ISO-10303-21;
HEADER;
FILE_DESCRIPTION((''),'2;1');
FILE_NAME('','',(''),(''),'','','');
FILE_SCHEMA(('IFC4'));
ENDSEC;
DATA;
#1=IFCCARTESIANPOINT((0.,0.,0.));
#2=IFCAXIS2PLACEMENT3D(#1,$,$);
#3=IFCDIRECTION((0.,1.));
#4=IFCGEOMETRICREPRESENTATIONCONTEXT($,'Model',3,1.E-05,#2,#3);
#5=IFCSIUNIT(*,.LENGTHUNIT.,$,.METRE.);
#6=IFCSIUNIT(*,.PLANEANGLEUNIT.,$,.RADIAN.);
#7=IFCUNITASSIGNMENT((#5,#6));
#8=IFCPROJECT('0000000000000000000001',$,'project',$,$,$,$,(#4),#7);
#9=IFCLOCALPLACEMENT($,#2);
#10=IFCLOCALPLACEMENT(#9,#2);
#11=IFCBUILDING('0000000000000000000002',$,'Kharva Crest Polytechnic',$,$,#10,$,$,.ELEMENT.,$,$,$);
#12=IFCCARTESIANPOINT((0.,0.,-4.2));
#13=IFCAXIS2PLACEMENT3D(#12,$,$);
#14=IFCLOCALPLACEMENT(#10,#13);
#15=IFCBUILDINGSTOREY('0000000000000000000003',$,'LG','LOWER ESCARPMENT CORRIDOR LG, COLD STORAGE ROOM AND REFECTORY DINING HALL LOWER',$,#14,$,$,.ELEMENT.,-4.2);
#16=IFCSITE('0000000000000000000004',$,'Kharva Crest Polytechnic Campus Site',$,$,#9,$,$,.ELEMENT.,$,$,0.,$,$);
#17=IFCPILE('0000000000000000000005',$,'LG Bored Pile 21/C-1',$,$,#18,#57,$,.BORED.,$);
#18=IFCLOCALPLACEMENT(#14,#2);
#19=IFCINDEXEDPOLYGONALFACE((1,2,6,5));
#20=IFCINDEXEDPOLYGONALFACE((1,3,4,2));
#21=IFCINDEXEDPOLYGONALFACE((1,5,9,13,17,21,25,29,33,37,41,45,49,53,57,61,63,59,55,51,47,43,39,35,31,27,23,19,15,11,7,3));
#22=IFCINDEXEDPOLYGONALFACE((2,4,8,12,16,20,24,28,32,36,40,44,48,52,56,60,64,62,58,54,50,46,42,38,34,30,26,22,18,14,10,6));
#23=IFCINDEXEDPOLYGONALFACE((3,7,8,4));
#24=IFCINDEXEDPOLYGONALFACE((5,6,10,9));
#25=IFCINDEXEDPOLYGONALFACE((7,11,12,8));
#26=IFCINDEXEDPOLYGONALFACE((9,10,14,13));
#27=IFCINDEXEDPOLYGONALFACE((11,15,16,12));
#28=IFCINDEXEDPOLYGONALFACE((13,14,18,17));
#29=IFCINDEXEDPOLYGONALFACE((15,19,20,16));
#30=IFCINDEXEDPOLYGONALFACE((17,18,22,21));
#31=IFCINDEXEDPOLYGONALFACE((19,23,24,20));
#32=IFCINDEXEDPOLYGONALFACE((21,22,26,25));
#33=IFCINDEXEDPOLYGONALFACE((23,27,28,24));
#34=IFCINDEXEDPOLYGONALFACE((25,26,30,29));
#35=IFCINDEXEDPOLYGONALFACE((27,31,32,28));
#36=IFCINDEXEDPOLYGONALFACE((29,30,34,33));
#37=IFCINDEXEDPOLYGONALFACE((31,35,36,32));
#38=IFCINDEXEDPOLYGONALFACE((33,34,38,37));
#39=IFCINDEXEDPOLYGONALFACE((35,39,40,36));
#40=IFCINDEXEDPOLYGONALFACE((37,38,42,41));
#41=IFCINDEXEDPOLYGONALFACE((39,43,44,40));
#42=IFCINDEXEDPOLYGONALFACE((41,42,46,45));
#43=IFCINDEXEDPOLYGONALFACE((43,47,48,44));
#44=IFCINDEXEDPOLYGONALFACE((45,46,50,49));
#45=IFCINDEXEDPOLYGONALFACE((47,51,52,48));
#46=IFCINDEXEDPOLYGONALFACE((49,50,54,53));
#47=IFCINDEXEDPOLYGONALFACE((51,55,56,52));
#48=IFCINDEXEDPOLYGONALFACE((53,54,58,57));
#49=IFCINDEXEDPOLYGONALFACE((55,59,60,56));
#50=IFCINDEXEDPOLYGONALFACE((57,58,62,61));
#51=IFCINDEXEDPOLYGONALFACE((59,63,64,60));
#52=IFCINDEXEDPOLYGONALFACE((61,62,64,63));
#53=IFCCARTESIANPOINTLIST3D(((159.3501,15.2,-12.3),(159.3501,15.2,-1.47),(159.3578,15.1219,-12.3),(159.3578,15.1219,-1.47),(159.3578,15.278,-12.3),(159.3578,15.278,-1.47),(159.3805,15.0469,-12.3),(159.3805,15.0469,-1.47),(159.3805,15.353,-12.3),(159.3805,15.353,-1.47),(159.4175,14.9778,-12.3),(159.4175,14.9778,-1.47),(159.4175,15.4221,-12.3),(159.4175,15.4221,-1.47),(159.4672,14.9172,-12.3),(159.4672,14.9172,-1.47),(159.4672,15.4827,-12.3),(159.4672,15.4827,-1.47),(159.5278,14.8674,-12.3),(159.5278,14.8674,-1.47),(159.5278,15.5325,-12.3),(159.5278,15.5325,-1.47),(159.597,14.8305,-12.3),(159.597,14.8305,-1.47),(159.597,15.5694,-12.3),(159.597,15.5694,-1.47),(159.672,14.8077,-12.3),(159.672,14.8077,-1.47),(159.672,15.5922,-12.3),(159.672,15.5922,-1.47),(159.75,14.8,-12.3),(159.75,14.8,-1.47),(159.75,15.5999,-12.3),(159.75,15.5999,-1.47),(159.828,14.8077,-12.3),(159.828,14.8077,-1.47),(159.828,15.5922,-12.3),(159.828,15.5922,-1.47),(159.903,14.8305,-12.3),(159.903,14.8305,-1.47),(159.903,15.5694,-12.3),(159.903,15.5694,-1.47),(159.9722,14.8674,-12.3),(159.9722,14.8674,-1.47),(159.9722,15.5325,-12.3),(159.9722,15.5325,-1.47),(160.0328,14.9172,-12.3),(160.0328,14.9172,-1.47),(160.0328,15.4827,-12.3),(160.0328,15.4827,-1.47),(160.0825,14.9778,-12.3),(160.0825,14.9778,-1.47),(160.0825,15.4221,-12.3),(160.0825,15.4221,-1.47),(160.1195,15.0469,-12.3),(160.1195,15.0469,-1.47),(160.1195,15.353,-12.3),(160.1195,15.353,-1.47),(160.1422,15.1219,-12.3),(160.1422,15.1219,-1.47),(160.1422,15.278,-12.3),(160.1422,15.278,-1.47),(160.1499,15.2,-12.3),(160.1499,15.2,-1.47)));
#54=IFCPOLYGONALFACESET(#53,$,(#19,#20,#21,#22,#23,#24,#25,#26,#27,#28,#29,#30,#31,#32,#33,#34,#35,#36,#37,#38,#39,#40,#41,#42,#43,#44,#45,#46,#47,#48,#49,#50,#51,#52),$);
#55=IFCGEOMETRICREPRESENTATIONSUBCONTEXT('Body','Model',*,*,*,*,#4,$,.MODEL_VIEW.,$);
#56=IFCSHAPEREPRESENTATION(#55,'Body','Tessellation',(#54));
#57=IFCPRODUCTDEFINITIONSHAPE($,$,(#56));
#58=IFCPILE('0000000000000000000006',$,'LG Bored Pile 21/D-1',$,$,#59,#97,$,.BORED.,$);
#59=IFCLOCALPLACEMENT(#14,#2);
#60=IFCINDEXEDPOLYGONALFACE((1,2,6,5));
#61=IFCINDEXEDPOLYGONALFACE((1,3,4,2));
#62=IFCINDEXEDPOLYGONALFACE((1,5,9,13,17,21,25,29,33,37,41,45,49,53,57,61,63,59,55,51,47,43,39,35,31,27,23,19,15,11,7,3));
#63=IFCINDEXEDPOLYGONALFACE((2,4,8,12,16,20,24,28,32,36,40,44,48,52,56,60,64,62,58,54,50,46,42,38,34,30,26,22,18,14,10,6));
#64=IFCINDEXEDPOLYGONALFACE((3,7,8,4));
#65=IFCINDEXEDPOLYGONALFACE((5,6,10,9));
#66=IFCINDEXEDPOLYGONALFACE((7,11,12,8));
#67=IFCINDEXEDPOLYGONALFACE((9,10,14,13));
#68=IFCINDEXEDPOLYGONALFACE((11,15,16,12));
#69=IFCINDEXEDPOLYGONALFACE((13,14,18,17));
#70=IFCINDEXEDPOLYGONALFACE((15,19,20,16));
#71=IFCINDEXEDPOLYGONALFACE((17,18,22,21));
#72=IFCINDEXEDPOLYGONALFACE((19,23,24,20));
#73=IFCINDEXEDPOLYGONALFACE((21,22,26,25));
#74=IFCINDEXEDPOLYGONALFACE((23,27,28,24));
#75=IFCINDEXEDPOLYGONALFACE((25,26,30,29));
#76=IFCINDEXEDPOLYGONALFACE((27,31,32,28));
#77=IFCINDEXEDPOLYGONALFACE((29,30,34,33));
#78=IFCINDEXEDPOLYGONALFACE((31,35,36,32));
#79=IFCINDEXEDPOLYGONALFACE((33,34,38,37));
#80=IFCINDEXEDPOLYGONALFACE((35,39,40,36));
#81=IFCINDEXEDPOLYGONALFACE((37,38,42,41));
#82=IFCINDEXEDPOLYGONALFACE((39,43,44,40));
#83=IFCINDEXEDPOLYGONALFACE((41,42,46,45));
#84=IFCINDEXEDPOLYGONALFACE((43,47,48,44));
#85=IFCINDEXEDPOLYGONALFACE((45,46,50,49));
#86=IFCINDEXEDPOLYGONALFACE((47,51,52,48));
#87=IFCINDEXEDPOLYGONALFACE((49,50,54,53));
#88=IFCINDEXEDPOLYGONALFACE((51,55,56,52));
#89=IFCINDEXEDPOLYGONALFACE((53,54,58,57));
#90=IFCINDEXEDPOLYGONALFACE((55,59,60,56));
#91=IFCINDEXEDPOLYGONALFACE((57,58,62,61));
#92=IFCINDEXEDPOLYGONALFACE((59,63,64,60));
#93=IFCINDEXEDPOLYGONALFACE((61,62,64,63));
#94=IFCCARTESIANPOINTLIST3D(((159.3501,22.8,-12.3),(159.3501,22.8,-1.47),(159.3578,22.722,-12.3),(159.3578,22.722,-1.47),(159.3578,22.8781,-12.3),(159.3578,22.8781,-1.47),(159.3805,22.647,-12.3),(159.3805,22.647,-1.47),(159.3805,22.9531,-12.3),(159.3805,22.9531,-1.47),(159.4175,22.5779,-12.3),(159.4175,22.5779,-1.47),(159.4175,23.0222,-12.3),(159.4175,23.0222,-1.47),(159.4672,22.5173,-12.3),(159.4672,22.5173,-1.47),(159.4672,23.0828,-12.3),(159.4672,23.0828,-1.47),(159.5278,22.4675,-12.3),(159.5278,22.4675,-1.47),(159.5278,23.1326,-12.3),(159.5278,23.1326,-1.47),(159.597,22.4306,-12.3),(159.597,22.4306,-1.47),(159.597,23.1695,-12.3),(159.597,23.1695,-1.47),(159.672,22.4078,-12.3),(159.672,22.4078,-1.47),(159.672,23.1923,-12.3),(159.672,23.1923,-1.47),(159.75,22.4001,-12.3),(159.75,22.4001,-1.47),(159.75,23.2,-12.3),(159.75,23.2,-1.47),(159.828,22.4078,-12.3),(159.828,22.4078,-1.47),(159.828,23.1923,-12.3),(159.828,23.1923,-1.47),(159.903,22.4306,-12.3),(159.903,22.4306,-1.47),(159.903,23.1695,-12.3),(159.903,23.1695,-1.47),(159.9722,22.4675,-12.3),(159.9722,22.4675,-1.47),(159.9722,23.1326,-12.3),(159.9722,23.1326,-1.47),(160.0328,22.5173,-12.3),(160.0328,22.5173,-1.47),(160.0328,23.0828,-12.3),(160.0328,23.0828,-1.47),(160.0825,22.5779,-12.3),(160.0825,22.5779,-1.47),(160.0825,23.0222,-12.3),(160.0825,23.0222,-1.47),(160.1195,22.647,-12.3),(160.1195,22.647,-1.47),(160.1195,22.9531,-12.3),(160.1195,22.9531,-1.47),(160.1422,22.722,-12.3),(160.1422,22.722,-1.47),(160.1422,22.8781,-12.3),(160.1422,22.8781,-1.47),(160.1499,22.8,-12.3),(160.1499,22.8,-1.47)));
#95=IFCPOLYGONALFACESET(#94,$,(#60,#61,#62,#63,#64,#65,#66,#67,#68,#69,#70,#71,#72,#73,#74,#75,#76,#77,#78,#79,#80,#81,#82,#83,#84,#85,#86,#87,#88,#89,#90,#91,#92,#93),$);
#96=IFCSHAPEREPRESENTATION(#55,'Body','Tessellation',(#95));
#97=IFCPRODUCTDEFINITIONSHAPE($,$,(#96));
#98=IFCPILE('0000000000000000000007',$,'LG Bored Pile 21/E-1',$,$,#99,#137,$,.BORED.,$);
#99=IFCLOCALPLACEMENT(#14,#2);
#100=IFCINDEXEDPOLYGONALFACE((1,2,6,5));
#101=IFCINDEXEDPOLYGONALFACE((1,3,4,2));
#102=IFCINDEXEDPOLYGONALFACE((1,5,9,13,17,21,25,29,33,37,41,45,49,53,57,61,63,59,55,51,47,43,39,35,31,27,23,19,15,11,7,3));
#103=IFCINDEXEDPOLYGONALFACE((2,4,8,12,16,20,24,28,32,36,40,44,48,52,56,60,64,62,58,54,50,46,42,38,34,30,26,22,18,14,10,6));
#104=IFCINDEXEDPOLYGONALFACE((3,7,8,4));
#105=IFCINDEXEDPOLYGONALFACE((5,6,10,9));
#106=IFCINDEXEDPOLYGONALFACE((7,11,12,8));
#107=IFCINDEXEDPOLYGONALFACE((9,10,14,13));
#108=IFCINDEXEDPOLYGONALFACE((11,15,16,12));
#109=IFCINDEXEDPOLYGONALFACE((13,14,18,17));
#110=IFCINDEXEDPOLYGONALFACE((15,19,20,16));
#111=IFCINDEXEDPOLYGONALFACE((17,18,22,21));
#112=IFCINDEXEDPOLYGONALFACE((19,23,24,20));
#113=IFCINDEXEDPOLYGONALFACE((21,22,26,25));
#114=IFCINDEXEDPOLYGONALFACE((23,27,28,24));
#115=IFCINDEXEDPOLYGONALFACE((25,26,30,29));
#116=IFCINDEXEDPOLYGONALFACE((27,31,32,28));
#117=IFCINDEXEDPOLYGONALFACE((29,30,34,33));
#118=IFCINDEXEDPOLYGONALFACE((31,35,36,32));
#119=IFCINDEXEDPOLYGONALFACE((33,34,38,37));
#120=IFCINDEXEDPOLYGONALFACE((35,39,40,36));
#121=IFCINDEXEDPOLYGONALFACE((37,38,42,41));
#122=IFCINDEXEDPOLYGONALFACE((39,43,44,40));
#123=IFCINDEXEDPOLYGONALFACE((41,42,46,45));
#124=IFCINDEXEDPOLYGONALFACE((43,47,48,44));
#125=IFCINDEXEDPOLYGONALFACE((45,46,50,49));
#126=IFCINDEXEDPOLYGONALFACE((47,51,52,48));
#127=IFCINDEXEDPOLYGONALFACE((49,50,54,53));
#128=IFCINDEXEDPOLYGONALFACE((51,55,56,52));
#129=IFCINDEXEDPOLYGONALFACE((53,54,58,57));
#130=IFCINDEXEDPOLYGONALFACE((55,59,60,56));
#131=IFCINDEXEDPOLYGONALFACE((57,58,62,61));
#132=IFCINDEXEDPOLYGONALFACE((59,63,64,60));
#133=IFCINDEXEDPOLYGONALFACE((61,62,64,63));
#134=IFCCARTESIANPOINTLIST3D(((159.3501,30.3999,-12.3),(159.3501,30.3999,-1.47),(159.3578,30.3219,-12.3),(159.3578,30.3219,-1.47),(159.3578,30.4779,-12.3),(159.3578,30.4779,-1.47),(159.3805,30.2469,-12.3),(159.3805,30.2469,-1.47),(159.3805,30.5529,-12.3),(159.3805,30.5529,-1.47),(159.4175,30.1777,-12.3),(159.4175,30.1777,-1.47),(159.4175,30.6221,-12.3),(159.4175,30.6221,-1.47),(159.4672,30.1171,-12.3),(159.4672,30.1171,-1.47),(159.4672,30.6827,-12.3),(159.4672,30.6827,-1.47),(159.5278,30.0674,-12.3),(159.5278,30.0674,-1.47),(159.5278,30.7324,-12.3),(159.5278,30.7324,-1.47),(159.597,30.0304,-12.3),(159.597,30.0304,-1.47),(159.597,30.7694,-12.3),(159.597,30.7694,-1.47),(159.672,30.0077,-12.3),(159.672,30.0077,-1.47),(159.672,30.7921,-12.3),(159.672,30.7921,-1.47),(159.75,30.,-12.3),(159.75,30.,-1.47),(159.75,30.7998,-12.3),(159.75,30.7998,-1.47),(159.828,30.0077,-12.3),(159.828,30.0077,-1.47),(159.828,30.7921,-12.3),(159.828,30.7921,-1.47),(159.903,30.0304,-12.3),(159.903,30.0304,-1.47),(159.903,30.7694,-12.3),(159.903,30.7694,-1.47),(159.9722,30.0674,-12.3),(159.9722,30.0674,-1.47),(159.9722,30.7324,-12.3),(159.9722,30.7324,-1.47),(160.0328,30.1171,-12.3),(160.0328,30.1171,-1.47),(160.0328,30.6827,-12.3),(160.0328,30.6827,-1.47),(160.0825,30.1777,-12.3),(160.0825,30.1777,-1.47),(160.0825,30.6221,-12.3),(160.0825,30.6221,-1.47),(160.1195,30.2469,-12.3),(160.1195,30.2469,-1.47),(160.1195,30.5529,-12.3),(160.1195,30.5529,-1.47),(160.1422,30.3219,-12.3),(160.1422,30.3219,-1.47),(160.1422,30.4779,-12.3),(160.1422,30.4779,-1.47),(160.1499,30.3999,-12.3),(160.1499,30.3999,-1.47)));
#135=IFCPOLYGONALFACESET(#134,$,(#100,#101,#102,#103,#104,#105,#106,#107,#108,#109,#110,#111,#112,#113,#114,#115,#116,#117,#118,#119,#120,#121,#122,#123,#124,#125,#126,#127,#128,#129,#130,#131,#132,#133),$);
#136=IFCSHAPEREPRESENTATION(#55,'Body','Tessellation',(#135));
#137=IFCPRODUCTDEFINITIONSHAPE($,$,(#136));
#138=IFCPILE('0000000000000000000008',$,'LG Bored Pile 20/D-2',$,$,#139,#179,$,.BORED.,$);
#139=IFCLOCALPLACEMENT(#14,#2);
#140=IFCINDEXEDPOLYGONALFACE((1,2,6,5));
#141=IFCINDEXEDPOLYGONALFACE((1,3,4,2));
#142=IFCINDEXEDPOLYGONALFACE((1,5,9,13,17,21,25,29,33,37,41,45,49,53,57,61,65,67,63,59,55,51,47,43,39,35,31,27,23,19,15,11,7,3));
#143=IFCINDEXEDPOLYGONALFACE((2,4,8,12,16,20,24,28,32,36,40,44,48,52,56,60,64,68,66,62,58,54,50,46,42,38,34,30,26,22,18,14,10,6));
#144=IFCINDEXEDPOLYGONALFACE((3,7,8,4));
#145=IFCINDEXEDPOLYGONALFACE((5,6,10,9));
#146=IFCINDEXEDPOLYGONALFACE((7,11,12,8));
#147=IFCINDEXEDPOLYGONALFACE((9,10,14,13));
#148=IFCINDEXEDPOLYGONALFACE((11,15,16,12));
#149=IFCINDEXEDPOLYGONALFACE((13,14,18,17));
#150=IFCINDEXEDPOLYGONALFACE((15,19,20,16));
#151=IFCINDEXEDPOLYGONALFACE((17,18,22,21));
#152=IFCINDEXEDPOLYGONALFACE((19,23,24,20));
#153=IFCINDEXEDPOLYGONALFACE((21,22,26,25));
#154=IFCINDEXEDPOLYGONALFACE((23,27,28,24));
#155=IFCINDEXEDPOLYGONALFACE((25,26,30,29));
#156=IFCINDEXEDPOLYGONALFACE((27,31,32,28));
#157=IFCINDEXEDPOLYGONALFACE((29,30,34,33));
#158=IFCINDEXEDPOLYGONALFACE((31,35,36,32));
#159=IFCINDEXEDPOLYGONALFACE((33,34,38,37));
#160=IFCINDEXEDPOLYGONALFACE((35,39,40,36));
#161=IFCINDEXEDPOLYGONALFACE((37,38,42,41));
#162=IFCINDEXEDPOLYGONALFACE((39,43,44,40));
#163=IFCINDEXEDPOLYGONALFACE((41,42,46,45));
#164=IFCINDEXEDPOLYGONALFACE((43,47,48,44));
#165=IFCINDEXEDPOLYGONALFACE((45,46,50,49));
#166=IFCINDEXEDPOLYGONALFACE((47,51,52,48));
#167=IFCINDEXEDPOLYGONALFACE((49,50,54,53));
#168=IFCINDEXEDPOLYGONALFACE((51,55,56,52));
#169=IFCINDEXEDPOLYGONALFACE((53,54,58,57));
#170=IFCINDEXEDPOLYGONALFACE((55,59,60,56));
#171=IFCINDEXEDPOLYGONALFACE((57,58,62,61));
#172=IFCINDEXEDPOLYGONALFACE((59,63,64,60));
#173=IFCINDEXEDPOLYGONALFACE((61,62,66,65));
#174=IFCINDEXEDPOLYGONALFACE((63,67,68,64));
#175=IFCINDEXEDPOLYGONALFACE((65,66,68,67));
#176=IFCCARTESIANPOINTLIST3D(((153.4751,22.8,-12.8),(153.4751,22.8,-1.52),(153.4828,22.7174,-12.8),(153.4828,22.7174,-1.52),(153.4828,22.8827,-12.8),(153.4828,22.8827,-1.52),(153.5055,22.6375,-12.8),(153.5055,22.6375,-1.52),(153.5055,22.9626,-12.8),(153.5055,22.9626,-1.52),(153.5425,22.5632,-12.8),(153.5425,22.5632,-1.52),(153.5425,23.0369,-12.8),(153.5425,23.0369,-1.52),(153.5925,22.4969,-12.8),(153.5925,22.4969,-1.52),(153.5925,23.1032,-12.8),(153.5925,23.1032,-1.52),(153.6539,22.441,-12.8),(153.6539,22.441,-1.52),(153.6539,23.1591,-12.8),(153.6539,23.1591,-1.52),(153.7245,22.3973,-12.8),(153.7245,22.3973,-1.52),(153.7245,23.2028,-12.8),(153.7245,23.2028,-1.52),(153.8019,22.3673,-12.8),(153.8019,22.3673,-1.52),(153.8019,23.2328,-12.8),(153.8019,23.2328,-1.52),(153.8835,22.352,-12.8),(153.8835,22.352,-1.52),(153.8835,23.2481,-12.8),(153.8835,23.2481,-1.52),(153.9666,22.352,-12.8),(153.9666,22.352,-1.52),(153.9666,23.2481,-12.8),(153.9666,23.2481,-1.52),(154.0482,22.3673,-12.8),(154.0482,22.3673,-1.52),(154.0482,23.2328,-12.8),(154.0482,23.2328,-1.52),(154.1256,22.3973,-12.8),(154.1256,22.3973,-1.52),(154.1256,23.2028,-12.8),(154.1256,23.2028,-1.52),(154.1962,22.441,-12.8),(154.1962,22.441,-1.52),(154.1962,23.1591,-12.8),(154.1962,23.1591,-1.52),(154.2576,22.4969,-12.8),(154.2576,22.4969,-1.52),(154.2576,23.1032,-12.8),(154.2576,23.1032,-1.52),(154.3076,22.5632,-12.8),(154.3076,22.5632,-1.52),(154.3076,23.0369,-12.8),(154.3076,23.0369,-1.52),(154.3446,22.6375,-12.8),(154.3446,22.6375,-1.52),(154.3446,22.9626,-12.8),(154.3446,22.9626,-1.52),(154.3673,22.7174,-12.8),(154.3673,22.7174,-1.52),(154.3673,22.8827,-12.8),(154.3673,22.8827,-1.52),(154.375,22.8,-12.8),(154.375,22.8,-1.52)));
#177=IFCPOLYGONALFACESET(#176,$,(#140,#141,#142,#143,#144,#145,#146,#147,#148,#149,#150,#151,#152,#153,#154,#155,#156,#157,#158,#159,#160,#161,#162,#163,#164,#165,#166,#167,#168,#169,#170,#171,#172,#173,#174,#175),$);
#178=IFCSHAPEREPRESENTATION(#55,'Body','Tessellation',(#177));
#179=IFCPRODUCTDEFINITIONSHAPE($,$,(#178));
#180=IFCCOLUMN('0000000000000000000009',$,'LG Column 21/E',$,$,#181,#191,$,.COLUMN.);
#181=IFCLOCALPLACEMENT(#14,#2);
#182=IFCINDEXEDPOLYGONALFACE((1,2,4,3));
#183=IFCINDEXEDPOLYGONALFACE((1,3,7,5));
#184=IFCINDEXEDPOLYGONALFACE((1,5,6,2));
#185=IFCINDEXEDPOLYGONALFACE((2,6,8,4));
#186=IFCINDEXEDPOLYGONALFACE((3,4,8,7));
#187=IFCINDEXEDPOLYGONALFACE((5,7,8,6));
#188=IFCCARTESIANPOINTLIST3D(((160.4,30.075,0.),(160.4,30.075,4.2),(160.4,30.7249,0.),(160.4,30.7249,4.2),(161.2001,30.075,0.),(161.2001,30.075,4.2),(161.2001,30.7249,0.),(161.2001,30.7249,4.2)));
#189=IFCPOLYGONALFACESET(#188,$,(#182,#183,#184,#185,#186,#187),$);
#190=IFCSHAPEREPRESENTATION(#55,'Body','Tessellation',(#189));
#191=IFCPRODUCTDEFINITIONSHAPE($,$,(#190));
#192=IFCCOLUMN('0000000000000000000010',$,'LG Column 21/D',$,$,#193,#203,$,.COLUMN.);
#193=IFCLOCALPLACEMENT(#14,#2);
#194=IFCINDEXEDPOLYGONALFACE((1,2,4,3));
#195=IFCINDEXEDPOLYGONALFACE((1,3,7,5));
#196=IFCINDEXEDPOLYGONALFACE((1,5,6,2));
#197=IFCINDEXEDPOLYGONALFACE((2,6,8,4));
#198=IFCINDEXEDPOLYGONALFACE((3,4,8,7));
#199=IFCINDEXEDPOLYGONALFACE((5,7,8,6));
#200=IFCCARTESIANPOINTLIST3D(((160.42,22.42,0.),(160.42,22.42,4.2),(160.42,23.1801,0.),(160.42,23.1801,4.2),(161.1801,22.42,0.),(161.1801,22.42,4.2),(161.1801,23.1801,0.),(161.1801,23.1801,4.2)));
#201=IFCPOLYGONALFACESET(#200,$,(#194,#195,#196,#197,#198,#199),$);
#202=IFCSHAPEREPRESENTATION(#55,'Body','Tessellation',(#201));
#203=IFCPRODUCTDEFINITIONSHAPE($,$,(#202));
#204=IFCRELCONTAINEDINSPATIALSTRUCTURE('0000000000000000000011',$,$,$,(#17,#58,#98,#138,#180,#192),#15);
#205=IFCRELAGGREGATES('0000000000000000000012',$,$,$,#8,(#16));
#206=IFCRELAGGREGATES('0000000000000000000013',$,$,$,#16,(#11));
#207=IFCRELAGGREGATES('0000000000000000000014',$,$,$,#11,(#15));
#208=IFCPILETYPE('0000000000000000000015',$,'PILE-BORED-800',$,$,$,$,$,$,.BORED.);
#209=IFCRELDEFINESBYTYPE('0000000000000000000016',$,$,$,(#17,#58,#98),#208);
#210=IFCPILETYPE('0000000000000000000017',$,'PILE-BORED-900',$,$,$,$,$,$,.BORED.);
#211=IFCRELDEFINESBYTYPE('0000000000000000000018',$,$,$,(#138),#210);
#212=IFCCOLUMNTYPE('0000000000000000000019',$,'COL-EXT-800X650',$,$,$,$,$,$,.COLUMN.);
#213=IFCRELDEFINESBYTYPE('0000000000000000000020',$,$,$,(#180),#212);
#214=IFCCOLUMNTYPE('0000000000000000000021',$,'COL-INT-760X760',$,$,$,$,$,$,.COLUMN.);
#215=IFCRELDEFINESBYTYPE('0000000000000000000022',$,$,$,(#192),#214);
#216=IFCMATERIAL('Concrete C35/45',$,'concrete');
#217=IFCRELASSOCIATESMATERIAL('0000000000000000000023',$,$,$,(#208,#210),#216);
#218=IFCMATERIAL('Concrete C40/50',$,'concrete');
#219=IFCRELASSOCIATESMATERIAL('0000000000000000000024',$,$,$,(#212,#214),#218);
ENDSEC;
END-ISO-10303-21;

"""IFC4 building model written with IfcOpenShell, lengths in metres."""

from ifc_helpers import new_model, si_unit, direction, frame, origin, origin_2d, place, context, subcontext, project, spatial, rectangle, circle, extrude, material, material_profile, profile_set, type_object, element, save


model = new_model("IFC4")

# Units and contexts
model_context = context("Model", 3, precision=1e-05, world=origin(), true_north=direction((0.0, 1.0)))
body_context = subcontext(model_context, "Body", "Model", "MODEL_VIEW")
ifc_project = project(units=[si_unit("LENGTHUNIT", "METRE"), si_unit("PLANEANGLEUNIT", "RADIAN")], contexts=[model_context])

# Site, building, storey
site_placement = place(None, origin())
site = spatial("IfcSite", under=ifc_project, at=site_placement, Name="Kharva Crest Polytechnic Campus Site", CompositionType="ELEMENT", RefElevation=0.0)
building_placement = place(site_placement, origin())
building = spatial("IfcBuilding", under=site, at=building_placement, Name="Kharva Crest Polytechnic", CompositionType="ELEMENT")
storey_placement = place(building_placement, frame((0.0, 0.0, -4.2)))
storey = spatial("IfcBuildingStorey", under=building, at=storey_placement, Name="LG", Description="LOWER ESCARPMENT CORRIDOR LG, COLD STORAGE ROOM AND REFECTORY DINING HALL LOWER", CompositionType="ELEMENT", Elevation=-4.2)

# Shared definitions
ifc_material_1 = material(Name="Concrete C35/45", Category="concrete")

# Piles
ifc_material_profile_1 = material_profile(ifc_material_1, circle(Radius=0.3999, at=origin_2d()), Name="DIA 800")
ifc_profile_set_1 = profile_set([ifc_material_profile_1], Name="Concrete C35/45")
pile_type_1 = type_object("IfcPileType", Name="PILE-BORED-800", PredefinedType="BORED", material=ifc_profile_set_1)
for number, where, z_axis, x_axis, name in (
    (1, (159.75, 15.2, -1.47), (0.0, 0.0, -1.0), (1.0, 0.0, 0.0), "LG Bored Pile 21/C-1"),
    (2, (159.75, 22.8, -1.47), (0.0, 0.0, -1.0), (1.0, 0.0, 0.0), "LG Bored Pile 21/D-1"),
    (3, (159.75, 30.3999, -1.47), (0.0, 0.0, -1.0), (1.0, 0.0, 0.0), "LG Bored Pile 21/E-1"),
):
    element("IfcPile", number, at=place(storey_placement, frame(where, z_axis=z_axis, x_axis=x_axis)), inside=storey, type_object=pile_type_1, Name=name, PredefinedType="BORED", context=body_context, shape_type="SweptSolid", body=[
        extrude(circle(Radius=0.3999, at=origin_2d()), origin(), (0.0, 0.0, 1.0), 10.8301),
    ])
ifc_material_profile_2 = material_profile(ifc_material_1, circle(Radius=0.45, at=origin_2d()), Name="DIA 900")
ifc_profile_set_2 = profile_set([ifc_material_profile_2], Name="Concrete C35/45")
pile_type_2 = type_object("IfcPileType", Name="PILE-BORED-900", PredefinedType="BORED", material=ifc_profile_set_2)
pile_placement = place(storey_placement, frame((153.925, 22.8, -1.52), z_axis=(0.0, 0.0, -1.0), x_axis=(1.0, 0.0, 0.0)))
element("IfcPile", 4, at=pile_placement, inside=storey, type_object=pile_type_2, Name="LG Bored Pile 20/D-2", PredefinedType="BORED", context=body_context, shape_type="SweptSolid", body=[
    extrude(circle(Radius=0.45, at=origin_2d()), origin(), (0.0, 0.0, 1.0), 11.28),
])

# Columns
ifc_material_2 = material(Name="Concrete C40/50", Category="concrete")
ifc_material_profile_3 = material_profile(ifc_material_2, rectangle(XDim=0.8, YDim=0.6499, at=origin_2d()), Name="RECT 800 X 650")
ifc_profile_set_3 = profile_set([ifc_material_profile_3], Name="Concrete C40/50")
column_type_1 = type_object("IfcColumnType", Name="COL-EXT-800X650", PredefinedType="COLUMN", material=ifc_profile_set_3)
column_1_placement = place(storey_placement, frame((160.8, 30.3999, 0.0), z_axis=(0.0, 0.0, 1.0), x_axis=(1.0, 0.0, 0.0)))
element("IfcColumn", 5, at=column_1_placement, inside=storey, type_object=column_type_1, Name="LG Column 21/E", PredefinedType="COLUMN", context=body_context, shape_type="SweptSolid", body=[
    extrude(rectangle(XDim=0.8, YDim=0.6499, at=origin_2d()), origin(), (0.0, 0.0, 1.0), 4.2),
])
ifc_material_profile_4 = material_profile(ifc_material_2, rectangle(XDim=0.76, YDim=0.76, at=origin_2d()), Name="RECT 760 X 760")
ifc_profile_set_4 = profile_set([ifc_material_profile_4], Name="Concrete C40/50")
column_type_2 = type_object("IfcColumnType", Name="COL-INT-760X760", PredefinedType="COLUMN", material=ifc_profile_set_4)
column_2_placement = place(storey_placement, frame((160.8, 22.8, 0.0), z_axis=(0.0, 0.0, 1.0), x_axis=(1.0, 0.0, 0.0)))
element("IfcColumn", 6, at=column_2_placement, inside=storey, type_object=column_type_2, Name="LG Column 21/D", PredefinedType="COLUMN", context=body_context, shape_type="SweptSolid", body=[
    extrude(rectangle(XDim=0.76, YDim=0.76, at=origin_2d()), origin(), (0.0, 0.0, 1.0), 4.2),
])

save(model, "model.ifc")
